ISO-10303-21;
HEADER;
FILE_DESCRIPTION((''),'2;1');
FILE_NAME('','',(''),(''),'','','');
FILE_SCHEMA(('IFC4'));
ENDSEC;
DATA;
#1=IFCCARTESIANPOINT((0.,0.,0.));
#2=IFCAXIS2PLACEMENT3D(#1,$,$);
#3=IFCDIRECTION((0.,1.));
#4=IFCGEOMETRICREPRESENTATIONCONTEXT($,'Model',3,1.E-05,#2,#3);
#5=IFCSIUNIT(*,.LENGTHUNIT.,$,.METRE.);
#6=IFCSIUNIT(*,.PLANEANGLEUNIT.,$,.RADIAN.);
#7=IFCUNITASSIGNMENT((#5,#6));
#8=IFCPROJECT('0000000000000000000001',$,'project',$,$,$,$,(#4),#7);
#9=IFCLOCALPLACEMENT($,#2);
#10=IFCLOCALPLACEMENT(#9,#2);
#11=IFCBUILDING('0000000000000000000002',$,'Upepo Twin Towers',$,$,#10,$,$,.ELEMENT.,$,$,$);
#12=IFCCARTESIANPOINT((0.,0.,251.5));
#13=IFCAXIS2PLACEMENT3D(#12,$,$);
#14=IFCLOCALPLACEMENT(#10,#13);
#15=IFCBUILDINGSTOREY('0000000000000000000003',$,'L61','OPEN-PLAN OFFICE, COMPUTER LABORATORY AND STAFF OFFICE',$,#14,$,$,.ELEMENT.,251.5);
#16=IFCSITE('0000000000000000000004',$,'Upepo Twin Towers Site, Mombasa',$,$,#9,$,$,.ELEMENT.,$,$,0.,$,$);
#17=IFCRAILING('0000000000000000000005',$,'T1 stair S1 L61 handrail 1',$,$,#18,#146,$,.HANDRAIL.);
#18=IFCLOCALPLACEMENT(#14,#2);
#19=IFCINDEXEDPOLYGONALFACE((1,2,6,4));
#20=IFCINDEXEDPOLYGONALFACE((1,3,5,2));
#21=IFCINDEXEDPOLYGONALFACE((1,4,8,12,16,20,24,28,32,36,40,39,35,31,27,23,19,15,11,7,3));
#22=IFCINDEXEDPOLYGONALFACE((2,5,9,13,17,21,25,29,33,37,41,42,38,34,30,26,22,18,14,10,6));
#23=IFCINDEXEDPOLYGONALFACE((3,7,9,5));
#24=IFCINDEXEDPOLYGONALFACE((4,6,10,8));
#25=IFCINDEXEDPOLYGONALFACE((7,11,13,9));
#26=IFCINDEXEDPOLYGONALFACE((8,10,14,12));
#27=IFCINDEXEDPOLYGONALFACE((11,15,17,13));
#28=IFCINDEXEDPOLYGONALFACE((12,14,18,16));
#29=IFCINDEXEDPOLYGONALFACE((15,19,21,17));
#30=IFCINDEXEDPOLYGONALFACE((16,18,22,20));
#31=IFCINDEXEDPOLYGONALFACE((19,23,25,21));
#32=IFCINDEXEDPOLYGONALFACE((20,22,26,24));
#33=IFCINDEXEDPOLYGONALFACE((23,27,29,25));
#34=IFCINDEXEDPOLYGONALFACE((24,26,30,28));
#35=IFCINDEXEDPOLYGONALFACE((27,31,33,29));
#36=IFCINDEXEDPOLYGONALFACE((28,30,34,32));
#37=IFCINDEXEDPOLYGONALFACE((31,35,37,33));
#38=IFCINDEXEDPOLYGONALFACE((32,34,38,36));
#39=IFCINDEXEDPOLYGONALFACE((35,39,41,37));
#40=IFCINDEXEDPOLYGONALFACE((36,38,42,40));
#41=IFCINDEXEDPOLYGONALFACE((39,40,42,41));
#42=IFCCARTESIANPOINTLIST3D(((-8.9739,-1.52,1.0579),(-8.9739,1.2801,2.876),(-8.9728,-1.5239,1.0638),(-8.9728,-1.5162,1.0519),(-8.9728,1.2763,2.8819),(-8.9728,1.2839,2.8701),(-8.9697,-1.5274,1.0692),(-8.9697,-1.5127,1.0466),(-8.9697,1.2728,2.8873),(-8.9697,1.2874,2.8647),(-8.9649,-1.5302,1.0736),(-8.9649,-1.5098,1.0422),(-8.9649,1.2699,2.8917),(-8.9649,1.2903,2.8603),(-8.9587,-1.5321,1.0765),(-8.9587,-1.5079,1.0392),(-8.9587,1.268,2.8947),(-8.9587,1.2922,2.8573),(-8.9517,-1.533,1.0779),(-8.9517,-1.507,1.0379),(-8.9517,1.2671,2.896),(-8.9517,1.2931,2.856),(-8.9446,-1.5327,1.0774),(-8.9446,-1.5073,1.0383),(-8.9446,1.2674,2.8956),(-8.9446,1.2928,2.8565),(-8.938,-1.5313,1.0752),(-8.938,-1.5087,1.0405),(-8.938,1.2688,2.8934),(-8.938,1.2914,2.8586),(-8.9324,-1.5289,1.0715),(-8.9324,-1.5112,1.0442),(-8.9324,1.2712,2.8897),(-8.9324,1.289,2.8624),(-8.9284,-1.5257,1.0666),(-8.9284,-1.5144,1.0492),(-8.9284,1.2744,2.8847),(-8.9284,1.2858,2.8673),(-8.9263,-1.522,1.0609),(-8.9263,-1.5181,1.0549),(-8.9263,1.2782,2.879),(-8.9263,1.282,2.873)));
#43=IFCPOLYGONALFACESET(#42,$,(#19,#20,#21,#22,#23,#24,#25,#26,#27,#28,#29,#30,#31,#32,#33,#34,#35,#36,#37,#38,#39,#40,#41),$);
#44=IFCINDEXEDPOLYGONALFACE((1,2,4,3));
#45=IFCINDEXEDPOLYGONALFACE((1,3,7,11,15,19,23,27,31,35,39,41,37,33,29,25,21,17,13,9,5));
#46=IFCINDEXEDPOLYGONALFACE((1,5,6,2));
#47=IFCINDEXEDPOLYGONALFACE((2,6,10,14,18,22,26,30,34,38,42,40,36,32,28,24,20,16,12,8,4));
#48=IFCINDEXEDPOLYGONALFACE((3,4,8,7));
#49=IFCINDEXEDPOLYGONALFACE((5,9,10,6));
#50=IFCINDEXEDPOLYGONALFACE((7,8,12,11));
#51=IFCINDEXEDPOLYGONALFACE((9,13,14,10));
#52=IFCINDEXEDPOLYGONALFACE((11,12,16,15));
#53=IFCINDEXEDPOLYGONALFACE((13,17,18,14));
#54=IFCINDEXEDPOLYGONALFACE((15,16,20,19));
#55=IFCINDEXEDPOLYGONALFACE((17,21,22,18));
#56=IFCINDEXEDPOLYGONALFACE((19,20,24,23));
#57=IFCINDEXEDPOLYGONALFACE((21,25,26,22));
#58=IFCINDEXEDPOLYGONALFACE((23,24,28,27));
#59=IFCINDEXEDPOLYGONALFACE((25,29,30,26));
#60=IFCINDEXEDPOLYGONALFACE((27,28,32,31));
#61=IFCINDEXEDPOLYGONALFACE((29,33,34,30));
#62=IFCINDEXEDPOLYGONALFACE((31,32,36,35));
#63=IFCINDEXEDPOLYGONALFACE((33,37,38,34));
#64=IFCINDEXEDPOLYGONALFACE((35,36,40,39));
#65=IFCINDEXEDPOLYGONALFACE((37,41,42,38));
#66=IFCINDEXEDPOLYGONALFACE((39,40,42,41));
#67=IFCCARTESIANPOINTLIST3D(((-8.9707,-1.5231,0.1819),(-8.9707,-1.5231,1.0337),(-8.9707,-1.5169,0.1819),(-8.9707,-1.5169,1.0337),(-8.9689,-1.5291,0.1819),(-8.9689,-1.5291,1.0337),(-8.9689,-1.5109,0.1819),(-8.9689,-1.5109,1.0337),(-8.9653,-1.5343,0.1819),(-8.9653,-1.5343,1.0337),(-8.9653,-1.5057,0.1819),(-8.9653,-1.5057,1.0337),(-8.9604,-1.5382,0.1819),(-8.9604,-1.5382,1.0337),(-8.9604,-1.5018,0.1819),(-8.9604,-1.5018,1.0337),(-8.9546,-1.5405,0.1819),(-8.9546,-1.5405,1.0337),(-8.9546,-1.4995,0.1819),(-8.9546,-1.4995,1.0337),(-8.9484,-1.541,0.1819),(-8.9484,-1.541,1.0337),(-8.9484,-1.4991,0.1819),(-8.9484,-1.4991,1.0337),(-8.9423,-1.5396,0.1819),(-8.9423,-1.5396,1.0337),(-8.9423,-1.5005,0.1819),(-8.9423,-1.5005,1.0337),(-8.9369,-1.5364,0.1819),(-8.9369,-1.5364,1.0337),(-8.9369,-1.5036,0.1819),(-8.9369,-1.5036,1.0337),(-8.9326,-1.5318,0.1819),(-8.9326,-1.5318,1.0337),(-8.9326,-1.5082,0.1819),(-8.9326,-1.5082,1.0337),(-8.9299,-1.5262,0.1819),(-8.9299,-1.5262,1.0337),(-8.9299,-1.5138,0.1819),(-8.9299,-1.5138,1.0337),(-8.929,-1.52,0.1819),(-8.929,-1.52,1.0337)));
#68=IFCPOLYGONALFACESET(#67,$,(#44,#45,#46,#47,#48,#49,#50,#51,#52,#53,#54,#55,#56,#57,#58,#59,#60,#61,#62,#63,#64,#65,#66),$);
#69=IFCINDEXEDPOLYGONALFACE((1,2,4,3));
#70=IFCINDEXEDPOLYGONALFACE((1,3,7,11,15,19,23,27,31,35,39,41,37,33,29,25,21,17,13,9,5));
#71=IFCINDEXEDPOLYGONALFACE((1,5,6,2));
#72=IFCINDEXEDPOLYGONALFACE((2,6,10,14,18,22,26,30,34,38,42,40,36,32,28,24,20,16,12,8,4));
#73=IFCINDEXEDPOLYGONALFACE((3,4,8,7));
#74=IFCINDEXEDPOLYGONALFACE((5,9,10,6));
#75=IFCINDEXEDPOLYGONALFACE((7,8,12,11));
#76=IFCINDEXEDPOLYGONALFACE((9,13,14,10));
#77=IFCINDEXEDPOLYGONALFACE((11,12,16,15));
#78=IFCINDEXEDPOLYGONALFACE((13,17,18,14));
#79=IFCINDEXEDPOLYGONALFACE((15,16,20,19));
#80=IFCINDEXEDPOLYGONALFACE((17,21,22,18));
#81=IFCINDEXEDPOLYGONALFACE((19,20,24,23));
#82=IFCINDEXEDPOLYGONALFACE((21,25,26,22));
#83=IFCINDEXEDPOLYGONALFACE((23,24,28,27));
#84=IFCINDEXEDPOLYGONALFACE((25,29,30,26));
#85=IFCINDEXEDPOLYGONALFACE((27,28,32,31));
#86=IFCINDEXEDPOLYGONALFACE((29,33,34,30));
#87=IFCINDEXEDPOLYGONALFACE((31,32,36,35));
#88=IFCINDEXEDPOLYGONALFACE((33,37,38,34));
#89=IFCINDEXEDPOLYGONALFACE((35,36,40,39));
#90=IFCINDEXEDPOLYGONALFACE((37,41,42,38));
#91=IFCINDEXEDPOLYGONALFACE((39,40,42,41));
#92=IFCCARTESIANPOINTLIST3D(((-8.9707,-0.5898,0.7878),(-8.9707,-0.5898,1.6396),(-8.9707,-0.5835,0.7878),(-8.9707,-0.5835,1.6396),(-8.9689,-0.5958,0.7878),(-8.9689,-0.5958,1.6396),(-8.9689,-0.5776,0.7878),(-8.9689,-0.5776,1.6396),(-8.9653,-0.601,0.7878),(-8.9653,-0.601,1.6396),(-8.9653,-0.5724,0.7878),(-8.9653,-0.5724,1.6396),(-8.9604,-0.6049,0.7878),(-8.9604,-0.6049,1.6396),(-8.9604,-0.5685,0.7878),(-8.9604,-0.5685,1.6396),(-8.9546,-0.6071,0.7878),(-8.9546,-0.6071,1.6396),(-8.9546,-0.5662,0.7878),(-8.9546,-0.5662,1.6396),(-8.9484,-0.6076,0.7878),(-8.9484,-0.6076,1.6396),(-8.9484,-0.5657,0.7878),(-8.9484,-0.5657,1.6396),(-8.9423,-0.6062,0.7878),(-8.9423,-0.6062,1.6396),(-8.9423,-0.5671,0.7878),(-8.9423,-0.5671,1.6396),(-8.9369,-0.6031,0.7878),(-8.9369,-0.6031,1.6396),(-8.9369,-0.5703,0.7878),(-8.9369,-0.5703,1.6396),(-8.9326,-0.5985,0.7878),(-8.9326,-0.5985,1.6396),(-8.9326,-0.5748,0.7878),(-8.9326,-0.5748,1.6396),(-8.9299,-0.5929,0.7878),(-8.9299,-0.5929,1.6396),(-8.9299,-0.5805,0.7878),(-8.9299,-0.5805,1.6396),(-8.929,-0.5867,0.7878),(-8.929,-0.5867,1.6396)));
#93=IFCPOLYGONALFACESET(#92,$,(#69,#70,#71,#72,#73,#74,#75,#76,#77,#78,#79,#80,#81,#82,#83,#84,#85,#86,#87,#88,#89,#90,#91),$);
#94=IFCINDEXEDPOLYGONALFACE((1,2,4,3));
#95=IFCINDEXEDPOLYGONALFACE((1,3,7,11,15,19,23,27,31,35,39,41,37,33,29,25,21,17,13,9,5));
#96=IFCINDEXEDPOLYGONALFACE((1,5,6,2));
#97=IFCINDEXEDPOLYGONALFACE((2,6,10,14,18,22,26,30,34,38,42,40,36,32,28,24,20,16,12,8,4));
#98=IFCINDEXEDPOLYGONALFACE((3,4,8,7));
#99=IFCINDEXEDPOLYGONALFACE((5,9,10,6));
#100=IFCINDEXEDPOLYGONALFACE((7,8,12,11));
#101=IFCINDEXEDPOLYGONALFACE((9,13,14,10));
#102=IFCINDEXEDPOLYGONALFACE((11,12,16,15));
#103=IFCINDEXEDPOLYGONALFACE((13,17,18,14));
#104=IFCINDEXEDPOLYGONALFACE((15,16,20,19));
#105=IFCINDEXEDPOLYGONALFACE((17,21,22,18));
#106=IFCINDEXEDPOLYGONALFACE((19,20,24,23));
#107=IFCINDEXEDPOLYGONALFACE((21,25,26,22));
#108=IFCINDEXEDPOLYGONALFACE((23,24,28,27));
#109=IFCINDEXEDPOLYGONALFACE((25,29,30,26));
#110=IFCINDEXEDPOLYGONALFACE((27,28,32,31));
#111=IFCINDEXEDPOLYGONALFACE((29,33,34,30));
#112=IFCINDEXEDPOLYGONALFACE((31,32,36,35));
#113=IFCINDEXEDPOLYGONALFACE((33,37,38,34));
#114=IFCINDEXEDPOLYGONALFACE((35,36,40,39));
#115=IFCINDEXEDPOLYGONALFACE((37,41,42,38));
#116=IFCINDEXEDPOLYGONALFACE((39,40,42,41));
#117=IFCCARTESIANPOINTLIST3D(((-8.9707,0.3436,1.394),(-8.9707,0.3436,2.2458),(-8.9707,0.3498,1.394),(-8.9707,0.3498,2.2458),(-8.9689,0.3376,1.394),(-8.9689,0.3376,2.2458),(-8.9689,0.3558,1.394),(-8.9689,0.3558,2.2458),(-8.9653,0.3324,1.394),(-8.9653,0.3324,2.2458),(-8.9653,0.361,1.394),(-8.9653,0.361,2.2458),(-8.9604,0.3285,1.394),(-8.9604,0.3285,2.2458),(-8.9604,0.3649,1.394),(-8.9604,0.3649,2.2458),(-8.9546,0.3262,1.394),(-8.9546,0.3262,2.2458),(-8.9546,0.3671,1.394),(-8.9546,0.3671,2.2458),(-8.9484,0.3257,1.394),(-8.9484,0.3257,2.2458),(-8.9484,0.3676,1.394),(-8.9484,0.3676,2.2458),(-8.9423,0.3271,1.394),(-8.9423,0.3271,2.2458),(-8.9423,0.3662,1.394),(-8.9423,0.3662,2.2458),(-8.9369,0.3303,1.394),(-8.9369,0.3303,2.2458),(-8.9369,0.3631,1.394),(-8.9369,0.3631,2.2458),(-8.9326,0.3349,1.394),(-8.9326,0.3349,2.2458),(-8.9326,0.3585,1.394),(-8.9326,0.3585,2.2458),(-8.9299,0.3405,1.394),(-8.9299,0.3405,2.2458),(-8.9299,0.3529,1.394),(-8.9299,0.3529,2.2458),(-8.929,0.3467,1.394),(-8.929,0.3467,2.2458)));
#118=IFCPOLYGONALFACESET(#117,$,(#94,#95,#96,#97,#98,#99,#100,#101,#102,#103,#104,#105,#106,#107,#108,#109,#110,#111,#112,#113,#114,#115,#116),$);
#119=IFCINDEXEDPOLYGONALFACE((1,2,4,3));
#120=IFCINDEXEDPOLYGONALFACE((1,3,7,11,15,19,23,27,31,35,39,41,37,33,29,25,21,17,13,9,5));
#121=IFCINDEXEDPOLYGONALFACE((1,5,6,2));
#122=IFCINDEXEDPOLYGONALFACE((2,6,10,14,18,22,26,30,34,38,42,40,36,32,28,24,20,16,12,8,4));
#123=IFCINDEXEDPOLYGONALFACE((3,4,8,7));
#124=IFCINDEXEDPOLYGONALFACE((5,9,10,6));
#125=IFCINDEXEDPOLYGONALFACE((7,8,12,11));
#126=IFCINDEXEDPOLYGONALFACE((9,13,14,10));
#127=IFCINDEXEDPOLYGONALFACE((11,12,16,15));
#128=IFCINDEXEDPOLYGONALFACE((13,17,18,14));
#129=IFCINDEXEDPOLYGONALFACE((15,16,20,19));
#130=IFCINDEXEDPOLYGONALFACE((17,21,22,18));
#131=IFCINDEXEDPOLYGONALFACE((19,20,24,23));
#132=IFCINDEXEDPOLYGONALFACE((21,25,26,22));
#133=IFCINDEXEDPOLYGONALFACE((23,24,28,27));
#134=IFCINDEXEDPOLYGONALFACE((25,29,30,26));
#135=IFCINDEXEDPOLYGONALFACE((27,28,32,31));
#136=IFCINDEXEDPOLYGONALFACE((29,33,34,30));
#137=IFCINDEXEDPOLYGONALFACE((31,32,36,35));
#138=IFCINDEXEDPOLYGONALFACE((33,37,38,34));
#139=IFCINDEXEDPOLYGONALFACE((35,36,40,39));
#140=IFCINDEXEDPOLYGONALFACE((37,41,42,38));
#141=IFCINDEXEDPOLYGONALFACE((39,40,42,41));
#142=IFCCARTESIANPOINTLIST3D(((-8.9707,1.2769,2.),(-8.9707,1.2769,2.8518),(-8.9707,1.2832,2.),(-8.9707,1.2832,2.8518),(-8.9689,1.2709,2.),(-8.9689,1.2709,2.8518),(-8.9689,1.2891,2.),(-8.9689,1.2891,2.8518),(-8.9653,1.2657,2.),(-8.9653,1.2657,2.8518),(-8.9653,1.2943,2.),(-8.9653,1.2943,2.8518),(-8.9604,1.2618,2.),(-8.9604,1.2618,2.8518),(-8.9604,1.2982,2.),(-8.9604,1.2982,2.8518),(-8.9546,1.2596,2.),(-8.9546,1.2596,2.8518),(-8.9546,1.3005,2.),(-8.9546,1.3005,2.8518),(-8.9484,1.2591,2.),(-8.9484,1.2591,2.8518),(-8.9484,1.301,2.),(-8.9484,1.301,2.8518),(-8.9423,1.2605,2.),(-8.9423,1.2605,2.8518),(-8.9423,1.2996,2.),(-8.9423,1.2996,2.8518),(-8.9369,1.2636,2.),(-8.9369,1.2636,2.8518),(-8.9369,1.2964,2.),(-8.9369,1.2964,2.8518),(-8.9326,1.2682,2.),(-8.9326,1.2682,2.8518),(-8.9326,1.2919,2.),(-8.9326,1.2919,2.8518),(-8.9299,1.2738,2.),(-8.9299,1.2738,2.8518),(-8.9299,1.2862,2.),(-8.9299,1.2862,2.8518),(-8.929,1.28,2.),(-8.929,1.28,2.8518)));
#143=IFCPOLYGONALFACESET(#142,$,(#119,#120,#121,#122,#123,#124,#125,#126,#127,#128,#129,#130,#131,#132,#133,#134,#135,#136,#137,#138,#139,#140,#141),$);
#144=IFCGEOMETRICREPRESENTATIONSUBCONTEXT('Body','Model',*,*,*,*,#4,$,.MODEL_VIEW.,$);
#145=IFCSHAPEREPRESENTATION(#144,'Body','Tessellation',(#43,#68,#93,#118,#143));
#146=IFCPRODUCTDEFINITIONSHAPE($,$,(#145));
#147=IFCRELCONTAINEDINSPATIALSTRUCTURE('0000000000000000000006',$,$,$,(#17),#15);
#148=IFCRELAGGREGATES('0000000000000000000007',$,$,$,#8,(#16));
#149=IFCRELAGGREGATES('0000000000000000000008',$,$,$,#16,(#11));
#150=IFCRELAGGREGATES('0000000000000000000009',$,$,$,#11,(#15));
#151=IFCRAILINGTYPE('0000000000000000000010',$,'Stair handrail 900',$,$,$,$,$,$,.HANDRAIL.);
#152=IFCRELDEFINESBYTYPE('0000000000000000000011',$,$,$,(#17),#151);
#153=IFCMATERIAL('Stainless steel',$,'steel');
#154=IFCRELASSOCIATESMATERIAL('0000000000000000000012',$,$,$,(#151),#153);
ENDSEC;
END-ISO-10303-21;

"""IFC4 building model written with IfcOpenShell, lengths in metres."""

from ifc_helpers import new_model, si_unit, direction, frame, origin, origin_2d, place, context, subcontext, project, spatial, circle, extrude, material, type_object, element, save


model = new_model("IFC4")

# Units and contexts
model_context = context("Model", 3, precision=1e-05, world=origin(), true_north=direction((0.0, 1.0)))
body_context = subcontext(model_context, "Body", "Model", "MODEL_VIEW")
ifc_project = project(units=[si_unit("LENGTHUNIT", "METRE"), si_unit("PLANEANGLEUNIT", "RADIAN")], contexts=[model_context])

# Site, building, storey
site_placement = place(None, origin())
site = spatial("IfcSite", under=ifc_project, at=site_placement, Name="Upepo Twin Towers Site, Mombasa", CompositionType="ELEMENT", RefElevation=0.0)
building_placement = place(site_placement, origin())
building = spatial("IfcBuilding", under=site, at=building_placement, Name="Upepo Twin Towers", CompositionType="ELEMENT")
storey_placement = place(building_placement, frame((0.0, 0.0, 251.5)))
storey = spatial("IfcBuildingStorey", under=building, at=storey_placement, Name="L61", Description="OPEN-PLAN OFFICE, COMPUTER LABORATORY AND STAFF OFFICE", CompositionType="ELEMENT", Elevation=251.5)

# Railing
ifc_material_1 = material(Name="Stainless steel", Category="steel")
railing_type = type_object("IfcRailingType", Name="Stair handrail 900", PredefinedType="HANDRAIL", material=ifc_material_1)
railing_placement = place(storey_placement, frame((-8.95, -1.52, 0.1819)))
element("IfcRailing", 1, at=railing_placement, inside=storey, type_object=railing_type, Name="T1 stair S1 L61 handrail 1", PredefinedType="HANDRAIL", context=body_context, shape_type="SweptSolid", body=[
    extrude(circle(Radius=0.0239, at=origin_2d()), frame((0.0, 0.0, 0.876), z_axis=(0.0, 0.838706, 0.544585), x_axis=(-1.0, 0.0, 0.0)), (0.0, 0.0, 1.0), 3.3386),
    extrude(circle(Radius=0.021, at=origin_2d()), origin(), (0.0, 0.0, 1.0), 0.8518),
    extrude(circle(Radius=0.021, at=origin_2d()), frame((0.0, 0.9333, 0.606)), (0.0, 0.0, 1.0), 0.8518),
    extrude(circle(Radius=0.021, at=origin_2d()), frame((0.0, 1.8667, 1.2122)), (0.0, 0.0, 1.0), 0.8518),
    extrude(circle(Radius=0.021, at=origin_2d()), frame((0.0, 2.8, 1.8181)), (0.0, 0.0, 1.0), 0.8518),
])

save(model, "model.ifc")
